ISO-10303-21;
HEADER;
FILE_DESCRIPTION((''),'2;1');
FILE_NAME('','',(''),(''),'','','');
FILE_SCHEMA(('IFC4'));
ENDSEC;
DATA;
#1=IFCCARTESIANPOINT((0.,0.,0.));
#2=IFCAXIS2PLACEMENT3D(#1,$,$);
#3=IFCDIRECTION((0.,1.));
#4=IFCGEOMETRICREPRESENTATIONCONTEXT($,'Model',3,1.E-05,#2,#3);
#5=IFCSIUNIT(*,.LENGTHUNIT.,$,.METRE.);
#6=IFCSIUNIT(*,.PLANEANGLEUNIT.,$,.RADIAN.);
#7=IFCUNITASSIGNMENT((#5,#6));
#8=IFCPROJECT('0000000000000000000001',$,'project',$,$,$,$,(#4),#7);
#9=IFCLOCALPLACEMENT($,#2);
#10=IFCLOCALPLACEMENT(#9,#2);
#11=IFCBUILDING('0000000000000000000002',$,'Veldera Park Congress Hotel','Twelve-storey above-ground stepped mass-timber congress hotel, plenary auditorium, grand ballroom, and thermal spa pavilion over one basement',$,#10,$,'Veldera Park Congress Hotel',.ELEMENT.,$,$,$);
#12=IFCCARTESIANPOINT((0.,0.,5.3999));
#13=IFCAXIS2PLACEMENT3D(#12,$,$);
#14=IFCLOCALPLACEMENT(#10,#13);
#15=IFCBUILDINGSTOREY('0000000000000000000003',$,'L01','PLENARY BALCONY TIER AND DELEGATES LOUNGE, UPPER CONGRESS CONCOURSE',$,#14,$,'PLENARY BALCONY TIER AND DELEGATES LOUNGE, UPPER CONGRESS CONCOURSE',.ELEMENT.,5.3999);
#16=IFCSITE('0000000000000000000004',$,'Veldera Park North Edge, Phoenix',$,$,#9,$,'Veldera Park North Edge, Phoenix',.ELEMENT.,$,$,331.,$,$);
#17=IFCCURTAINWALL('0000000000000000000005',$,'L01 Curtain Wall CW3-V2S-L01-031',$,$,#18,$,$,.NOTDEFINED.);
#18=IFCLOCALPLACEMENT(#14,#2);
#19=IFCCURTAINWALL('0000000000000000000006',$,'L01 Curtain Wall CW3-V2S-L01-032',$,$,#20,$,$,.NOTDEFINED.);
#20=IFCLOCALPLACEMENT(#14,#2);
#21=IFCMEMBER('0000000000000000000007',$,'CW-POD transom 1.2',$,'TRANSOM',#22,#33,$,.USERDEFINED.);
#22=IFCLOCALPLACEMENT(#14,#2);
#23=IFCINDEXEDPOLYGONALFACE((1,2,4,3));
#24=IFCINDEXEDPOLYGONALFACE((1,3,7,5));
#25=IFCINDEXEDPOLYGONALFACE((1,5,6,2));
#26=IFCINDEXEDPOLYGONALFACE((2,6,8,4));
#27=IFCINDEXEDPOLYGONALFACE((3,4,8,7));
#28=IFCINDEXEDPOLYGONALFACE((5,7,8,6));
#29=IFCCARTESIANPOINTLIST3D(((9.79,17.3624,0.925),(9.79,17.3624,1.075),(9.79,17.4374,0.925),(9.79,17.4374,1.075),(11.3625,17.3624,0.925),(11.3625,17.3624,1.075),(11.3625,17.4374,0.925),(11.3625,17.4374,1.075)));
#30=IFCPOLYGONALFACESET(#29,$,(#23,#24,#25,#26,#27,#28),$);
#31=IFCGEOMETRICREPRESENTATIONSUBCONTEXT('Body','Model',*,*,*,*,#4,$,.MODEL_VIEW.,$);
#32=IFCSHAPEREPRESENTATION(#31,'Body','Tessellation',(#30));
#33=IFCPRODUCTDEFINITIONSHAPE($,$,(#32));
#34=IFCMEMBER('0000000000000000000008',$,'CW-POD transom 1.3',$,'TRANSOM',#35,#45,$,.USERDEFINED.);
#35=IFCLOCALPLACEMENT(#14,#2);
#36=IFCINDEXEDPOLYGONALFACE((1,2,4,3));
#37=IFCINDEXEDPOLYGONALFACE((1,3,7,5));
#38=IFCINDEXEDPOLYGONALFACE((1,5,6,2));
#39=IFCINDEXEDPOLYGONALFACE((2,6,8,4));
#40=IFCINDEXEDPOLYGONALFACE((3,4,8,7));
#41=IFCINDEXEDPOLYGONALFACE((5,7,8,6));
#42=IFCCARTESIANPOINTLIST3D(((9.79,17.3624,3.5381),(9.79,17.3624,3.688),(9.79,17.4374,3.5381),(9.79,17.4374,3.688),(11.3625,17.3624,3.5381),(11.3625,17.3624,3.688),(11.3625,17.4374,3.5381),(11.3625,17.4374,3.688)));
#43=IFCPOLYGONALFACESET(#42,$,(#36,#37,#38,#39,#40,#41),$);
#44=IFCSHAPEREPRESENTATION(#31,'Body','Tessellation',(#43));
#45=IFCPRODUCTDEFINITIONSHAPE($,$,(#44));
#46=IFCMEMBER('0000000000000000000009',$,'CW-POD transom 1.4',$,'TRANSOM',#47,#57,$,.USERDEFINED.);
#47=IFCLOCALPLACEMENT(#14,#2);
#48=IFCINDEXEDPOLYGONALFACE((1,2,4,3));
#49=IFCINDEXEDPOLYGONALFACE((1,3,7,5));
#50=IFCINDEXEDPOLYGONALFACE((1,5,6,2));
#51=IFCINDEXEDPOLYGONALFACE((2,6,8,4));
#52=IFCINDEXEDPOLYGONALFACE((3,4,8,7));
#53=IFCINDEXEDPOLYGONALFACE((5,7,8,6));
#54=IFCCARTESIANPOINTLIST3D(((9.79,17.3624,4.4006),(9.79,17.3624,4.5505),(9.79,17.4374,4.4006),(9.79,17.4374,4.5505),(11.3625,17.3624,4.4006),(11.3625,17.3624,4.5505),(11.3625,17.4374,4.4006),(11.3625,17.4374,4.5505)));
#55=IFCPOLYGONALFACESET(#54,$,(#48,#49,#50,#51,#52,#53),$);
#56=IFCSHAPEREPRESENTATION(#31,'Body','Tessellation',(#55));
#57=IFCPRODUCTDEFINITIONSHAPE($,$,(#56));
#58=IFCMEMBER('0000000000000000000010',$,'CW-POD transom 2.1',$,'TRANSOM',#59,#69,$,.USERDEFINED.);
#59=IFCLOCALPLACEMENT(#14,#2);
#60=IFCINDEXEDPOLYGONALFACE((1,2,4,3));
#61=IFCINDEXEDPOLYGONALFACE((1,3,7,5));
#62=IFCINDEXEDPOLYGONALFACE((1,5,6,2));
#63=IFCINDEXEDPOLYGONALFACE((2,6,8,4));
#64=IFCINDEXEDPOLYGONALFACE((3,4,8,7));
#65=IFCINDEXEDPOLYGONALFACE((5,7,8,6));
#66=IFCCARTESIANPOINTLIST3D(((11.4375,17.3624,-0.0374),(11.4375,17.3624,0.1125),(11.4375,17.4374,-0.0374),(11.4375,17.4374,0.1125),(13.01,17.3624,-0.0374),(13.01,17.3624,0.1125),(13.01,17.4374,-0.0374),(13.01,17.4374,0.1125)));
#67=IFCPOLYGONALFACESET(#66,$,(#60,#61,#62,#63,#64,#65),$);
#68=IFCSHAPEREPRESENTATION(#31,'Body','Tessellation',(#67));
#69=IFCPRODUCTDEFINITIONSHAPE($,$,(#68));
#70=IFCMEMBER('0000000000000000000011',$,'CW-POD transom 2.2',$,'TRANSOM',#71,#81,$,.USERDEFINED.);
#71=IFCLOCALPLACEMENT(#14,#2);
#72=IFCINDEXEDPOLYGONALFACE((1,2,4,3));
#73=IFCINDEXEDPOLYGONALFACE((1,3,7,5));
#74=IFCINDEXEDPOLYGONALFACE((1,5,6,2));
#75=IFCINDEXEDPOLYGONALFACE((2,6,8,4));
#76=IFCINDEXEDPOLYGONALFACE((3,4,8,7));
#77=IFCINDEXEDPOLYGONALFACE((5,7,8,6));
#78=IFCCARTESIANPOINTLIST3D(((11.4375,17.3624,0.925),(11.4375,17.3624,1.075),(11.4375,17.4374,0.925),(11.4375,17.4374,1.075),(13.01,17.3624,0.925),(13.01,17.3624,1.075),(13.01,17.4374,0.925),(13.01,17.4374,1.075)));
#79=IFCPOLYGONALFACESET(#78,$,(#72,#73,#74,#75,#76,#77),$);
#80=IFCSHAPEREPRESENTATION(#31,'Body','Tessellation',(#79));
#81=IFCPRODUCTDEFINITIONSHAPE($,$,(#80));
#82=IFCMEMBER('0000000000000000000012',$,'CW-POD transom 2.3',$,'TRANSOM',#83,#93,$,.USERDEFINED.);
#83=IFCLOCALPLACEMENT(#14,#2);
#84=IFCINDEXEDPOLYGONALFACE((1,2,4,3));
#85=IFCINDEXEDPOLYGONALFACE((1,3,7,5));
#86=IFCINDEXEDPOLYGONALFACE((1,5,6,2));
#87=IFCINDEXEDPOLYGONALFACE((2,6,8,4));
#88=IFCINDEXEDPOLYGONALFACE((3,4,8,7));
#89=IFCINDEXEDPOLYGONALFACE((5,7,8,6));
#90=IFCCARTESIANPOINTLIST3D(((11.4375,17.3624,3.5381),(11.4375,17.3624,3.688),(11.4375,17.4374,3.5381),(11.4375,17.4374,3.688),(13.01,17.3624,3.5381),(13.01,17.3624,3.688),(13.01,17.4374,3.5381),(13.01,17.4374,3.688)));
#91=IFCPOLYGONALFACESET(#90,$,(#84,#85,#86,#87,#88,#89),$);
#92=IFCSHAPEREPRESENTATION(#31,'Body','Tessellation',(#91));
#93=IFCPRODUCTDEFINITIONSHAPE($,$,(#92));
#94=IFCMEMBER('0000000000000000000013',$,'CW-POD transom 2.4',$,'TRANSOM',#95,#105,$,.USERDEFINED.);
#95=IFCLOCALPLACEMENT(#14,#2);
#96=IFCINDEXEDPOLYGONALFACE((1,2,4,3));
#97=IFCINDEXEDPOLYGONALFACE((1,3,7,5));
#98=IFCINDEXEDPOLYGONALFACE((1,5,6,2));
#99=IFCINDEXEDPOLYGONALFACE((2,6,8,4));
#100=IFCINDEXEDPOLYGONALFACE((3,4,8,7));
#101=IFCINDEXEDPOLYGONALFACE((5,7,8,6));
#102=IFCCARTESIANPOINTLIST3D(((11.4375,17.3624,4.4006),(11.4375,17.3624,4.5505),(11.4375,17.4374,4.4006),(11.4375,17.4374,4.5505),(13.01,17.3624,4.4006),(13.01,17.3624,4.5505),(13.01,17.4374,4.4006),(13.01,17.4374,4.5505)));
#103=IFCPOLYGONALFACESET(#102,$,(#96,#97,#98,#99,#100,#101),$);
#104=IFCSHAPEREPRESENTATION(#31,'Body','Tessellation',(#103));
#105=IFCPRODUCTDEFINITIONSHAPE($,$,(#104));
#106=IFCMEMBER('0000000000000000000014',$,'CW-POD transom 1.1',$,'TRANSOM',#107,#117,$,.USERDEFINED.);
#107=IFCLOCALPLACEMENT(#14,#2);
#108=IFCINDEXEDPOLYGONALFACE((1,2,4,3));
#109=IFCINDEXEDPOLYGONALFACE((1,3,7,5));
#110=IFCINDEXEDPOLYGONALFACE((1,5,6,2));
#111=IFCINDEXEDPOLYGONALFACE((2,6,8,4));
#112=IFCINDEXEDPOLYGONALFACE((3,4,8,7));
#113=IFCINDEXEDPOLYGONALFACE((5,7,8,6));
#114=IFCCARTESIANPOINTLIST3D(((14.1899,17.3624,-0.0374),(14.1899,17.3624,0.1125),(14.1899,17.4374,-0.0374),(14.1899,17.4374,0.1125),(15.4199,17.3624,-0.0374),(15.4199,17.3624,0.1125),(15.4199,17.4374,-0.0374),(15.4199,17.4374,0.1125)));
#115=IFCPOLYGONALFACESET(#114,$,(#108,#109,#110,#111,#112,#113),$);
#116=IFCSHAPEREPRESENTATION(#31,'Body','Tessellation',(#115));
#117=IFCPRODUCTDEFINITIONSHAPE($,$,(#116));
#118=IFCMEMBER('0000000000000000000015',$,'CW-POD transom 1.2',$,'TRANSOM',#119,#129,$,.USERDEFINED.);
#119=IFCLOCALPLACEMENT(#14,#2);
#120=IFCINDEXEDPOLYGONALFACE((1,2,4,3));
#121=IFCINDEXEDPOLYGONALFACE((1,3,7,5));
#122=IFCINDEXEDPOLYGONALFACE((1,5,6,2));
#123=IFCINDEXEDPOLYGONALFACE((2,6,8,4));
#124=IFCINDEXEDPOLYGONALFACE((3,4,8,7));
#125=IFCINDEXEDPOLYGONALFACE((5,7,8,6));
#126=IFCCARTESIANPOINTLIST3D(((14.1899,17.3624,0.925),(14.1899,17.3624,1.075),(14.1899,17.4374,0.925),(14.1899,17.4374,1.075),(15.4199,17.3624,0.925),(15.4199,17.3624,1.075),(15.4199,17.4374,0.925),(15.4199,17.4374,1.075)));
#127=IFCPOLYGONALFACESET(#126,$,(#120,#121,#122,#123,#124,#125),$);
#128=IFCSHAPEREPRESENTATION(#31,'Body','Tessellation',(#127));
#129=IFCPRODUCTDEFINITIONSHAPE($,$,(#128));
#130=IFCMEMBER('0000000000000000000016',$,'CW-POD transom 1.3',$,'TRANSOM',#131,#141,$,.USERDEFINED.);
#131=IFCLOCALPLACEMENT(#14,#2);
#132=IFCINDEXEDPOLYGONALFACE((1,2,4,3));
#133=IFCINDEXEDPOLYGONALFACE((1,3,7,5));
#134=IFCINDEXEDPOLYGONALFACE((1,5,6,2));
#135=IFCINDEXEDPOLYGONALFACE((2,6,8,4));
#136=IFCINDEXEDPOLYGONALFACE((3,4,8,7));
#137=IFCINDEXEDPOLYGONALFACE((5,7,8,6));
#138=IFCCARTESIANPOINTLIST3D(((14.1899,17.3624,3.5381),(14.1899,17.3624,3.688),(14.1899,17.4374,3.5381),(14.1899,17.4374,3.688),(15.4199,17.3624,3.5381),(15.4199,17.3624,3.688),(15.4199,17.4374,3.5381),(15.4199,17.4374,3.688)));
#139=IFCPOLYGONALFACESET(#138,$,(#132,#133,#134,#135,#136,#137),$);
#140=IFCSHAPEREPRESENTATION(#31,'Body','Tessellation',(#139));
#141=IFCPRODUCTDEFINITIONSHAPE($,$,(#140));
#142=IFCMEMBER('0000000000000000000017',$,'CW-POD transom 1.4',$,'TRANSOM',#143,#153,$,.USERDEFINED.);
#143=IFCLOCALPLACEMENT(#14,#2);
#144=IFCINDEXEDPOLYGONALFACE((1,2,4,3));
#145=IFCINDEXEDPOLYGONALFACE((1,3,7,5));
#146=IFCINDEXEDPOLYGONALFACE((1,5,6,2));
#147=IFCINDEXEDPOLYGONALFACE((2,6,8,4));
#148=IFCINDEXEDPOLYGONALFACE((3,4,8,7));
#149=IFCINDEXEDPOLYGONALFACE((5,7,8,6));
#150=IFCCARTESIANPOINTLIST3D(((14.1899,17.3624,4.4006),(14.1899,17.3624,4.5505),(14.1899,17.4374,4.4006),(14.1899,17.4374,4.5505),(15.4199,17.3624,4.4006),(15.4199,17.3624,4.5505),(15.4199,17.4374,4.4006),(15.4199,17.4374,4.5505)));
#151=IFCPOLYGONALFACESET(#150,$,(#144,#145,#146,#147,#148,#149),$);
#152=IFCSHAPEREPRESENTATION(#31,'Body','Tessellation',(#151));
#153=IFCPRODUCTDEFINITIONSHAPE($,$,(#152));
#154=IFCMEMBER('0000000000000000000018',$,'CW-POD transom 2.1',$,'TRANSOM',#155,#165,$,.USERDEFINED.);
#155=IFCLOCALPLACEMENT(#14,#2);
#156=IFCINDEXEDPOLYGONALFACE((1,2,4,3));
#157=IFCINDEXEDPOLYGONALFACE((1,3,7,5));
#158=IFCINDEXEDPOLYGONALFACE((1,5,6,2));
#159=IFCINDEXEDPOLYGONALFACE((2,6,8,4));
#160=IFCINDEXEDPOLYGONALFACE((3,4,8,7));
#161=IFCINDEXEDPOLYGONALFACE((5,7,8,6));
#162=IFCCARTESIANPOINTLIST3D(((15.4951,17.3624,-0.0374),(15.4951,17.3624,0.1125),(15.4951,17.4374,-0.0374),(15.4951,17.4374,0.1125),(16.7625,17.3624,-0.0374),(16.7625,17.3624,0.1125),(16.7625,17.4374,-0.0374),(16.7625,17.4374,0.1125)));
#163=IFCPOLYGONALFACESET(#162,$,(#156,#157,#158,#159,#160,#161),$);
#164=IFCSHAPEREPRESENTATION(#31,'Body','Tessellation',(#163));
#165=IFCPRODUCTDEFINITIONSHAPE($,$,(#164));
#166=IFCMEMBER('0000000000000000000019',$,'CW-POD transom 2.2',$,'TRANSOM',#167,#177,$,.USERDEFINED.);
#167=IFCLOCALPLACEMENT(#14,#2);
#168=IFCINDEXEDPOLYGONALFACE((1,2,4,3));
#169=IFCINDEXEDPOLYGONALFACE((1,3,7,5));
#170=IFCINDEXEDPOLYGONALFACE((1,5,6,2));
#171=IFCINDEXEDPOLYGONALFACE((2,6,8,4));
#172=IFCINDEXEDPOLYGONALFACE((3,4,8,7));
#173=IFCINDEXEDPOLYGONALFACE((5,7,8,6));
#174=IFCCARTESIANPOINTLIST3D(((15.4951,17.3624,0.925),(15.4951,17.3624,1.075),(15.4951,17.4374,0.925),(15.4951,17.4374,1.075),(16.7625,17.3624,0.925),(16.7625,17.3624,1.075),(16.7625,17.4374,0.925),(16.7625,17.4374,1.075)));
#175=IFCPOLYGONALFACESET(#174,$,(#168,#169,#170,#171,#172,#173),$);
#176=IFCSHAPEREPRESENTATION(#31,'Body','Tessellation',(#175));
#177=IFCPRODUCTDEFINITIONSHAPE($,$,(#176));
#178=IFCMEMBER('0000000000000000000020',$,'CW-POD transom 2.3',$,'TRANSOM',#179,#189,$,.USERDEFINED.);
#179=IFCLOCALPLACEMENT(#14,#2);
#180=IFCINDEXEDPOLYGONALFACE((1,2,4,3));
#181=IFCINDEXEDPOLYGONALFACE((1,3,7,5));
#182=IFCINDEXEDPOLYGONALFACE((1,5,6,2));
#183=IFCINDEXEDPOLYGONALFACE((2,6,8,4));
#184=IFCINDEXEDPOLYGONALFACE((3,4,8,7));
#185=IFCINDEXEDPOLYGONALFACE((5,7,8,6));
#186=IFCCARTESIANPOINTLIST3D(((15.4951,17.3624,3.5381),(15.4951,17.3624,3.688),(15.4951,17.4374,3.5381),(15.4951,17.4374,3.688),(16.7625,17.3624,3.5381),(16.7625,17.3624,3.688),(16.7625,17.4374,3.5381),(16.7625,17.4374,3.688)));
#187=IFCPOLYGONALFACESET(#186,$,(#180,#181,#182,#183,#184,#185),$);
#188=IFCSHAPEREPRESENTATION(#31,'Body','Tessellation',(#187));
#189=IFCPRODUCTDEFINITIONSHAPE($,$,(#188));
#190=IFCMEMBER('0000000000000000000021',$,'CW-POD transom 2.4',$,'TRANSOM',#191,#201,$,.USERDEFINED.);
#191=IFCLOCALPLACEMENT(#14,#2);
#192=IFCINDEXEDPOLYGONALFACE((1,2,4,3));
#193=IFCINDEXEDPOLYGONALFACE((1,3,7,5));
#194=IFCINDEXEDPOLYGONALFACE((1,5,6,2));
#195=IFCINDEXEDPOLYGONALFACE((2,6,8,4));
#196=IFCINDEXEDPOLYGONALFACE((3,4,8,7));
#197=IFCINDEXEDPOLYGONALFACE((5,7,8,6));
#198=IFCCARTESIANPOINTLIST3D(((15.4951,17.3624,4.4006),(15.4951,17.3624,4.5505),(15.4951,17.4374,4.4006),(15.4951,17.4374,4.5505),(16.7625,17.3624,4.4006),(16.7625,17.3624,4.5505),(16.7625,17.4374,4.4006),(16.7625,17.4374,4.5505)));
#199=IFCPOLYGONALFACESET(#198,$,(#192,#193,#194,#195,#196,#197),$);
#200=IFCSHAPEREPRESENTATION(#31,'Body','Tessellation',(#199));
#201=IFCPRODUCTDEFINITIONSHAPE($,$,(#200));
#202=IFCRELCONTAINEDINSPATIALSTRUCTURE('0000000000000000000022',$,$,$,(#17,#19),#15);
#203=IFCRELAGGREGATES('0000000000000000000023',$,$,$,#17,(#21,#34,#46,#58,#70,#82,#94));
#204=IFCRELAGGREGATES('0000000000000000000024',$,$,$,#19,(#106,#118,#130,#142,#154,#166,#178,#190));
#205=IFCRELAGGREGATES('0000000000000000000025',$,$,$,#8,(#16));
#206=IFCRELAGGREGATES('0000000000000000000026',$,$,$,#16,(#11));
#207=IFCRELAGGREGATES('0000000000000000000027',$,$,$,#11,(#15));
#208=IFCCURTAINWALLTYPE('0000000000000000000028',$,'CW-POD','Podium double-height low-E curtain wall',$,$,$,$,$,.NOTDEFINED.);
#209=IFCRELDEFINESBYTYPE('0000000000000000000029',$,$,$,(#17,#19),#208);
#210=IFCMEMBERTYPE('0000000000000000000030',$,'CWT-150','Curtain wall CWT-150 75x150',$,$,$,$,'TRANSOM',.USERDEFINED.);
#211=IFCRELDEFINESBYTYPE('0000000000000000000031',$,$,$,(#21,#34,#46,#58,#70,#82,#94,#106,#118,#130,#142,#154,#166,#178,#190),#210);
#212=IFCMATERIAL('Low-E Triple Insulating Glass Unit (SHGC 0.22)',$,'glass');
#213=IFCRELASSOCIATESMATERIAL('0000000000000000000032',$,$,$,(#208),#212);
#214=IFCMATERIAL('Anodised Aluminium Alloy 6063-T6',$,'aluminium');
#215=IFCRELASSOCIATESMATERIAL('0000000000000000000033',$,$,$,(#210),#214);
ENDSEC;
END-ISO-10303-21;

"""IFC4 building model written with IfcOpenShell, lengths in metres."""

from ifc_helpers import new_model, si_unit, direction, frame, origin, origin_2d, place, context, subcontext, project, spatial, rectangle, extrude, material, material_profile, profile_set, type_object, element, aggregate, save


model = new_model("IFC4")

# Units and contexts
model_context = context("Model", 3, precision=1e-05, world=origin(), true_north=direction((0.0, 1.0)))
body_context = subcontext(model_context, "Body", "Model", "MODEL_VIEW")
ifc_project = project(units=[si_unit("LENGTHUNIT", "METRE"), si_unit("PLANEANGLEUNIT", "RADIAN")], contexts=[model_context])

# Site, building, storey
site_placement = place(None, origin())
site = spatial("IfcSite", under=ifc_project, at=site_placement, Name="Veldera Park North Edge, Phoenix", LongName="Veldera Park North Edge, Phoenix", CompositionType="ELEMENT", RefElevation=331.0)
building_placement = place(site_placement, origin())
building = spatial("IfcBuilding", under=site, at=building_placement, Name="Veldera Park Congress Hotel", Description="Twelve-storey above-ground stepped mass-timber congress hotel, plenary auditorium, grand ballroom, and thermal spa pavilion over one basement", LongName="Veldera Park Congress Hotel", CompositionType="ELEMENT")
storey_placement = place(building_placement, frame((0.0, 0.0, 5.3999)))
storey = spatial("IfcBuildingStorey", under=building, at=storey_placement, Name="L01", Description="PLENARY BALCONY TIER AND DELEGATES LOUNGE, UPPER CONGRESS CONCOURSE", LongName="PLENARY BALCONY TIER AND DELEGATES LOUNGE, UPPER CONGRESS CONCOURSE", CompositionType="ELEMENT", Elevation=5.3999)

# Curtain walls
ifc_material_1 = material(Name="Low-E Triple Insulating Glass Unit (SHGC 0.22)", Category="glass")
curtain_wall_type = type_object("IfcCurtainWallType", Name="CW-POD", Description="Podium double-height low-E curtain wall", PredefinedType="NOTDEFINED", material=ifc_material_1)
curtain_wall_1_placement = place(storey_placement, origin())
curtain_wall_1 = element("IfcCurtainWall", 1, at=curtain_wall_1_placement, inside=storey, type_object=curtain_wall_type, Name="L01 Curtain Wall CW3-V2S-L01-031", PredefinedType="NOTDEFINED")
ifc_material_2 = material(Name="Anodised Aluminium Alloy 6063-T6", Category="aluminium")
curtain_wall_2_placement = place(storey_placement, origin())
curtain_wall_2 = element("IfcCurtainWall", 2, at=curtain_wall_2_placement, inside=storey, type_object=curtain_wall_type, Name="L01 Curtain Wall CW3-V2S-L01-032", PredefinedType="NOTDEFINED")

# Members
ifc_material_profile_1 = material_profile(ifc_material_2, rectangle(XDim=0.075, YDim=0.1499, at=origin_2d()), Name="ALU 75x150")
ifc_profile_set_1 = profile_set([ifc_material_profile_1], Name="Anodised Aluminium Alloy 6063-T6")
member_type_1 = type_object("IfcMemberType", Name="CWT-150", Description="Curtain wall CWT-150 75x150", ElementType="TRANSOM", PredefinedType="USERDEFINED", material=ifc_profile_set_1)
member_1_placement = place(storey_placement, frame((9.79, 17.3999, 1.0), z_axis=(1.0, 0.0, 0.0), x_axis=(0.0, 1.0, 0.0)))
member_1 = element("IfcMember", 3, at=member_1_placement, type_object=member_type_1, Name="CW-POD transom 1.2", ObjectType="TRANSOM", PredefinedType="USERDEFINED", context=body_context, shape_type="SweptSolid", body=[
    extrude(rectangle(XDim=0.075, YDim=0.1499, at=origin_2d()), origin(), (0.0, 0.0, 1.0), 1.5725),
])
member_2_placement = place(storey_placement, frame((9.79, 17.3999, 3.613), z_axis=(1.0, 0.0, 0.0), x_axis=(0.0, 1.0, 0.0)))
member_2 = element("IfcMember", 4, at=member_2_placement, type_object=member_type_1, Name="CW-POD transom 1.3", ObjectType="TRANSOM", PredefinedType="USERDEFINED", context=body_context, shape_type="SweptSolid", body=[
    extrude(rectangle(XDim=0.075, YDim=0.1499, at=origin_2d()), origin(), (0.0, 0.0, 1.0), 1.5725),
])
member_3_placement = place(storey_placement, frame((9.79, 17.3999, 4.4756), z_axis=(1.0, 0.0, 0.0), x_axis=(0.0, 1.0, 0.0)))
member_3 = element("IfcMember", 5, at=member_3_placement, type_object=member_type_1, Name="CW-POD transom 1.4", ObjectType="TRANSOM", PredefinedType="USERDEFINED", context=body_context, shape_type="SweptSolid", body=[
    extrude(rectangle(XDim=0.075, YDim=0.1499, at=origin_2d()), origin(), (0.0, 0.0, 1.0), 1.5725),
])
member_4_placement = place(storey_placement, frame((11.4375, 17.3999, 0.0376), z_axis=(1.0, 0.0, 0.0), x_axis=(0.0, 1.0, 0.0)))
member_4 = element("IfcMember", 6, at=member_4_placement, type_object=member_type_1, Name="CW-POD transom 2.1", ObjectType="TRANSOM", PredefinedType="USERDEFINED", context=body_context, shape_type="SweptSolid", body=[
    extrude(rectangle(XDim=0.075, YDim=0.1499, at=origin_2d()), origin(), (0.0, 0.0, 1.0), 1.5725),
])
member_5_placement = place(storey_placement, frame((11.4375, 17.3999, 1.0), z_axis=(1.0, 0.0, 0.0), x_axis=(0.0, 1.0, 0.0)))
member_5 = element("IfcMember", 7, at=member_5_placement, type_object=member_type_1, Name="CW-POD transom 2.2", ObjectType="TRANSOM", PredefinedType="USERDEFINED", context=body_context, shape_type="SweptSolid", body=[
    extrude(rectangle(XDim=0.075, YDim=0.1499, at=origin_2d()), origin(), (0.0, 0.0, 1.0), 1.5725),
])
member_6_placement = place(storey_placement, frame((11.4375, 17.3999, 3.613), z_axis=(1.0, 0.0, 0.0), x_axis=(0.0, 1.0, 0.0)))
member_6 = element("IfcMember", 8, at=member_6_placement, type_object=member_type_1, Name="CW-POD transom 2.3", ObjectType="TRANSOM", PredefinedType="USERDEFINED", context=body_context, shape_type="SweptSolid", body=[
    extrude(rectangle(XDim=0.075, YDim=0.1499, at=origin_2d()), origin(), (0.0, 0.0, 1.0), 1.5725),
])
member_7_placement = place(storey_placement, frame((11.4375, 17.3999, 4.4756), z_axis=(1.0, 0.0, 0.0), x_axis=(0.0, 1.0, 0.0)))
member_7 = element("IfcMember", 9, at=member_7_placement, type_object=member_type_1, Name="CW-POD transom 2.4", ObjectType="TRANSOM", PredefinedType="USERDEFINED", context=body_context, shape_type="SweptSolid", body=[
    extrude(rectangle(XDim=0.075, YDim=0.1499, at=origin_2d()), origin(), (0.0, 0.0, 1.0), 1.5725),
])
member_8_placement = place(storey_placement, frame((14.1899, 17.3999, 0.0376), z_axis=(1.0, 0.0, 0.0), x_axis=(0.0, 1.0, 0.0)))
member_8 = element("IfcMember", 10, at=member_8_placement, type_object=member_type_1, Name="CW-POD transom 1.1", ObjectType="TRANSOM", PredefinedType="USERDEFINED", context=body_context, shape_type="SweptSolid", body=[
    extrude(rectangle(XDim=0.075, YDim=0.1499, at=origin_2d()), origin(), (0.0, 0.0, 1.0), 1.23),
])
member_9_placement = place(storey_placement, frame((14.1899, 17.3999, 1.0), z_axis=(1.0, 0.0, 0.0), x_axis=(0.0, 1.0, 0.0)))
member_9 = element("IfcMember", 11, at=member_9_placement, type_object=member_type_1, Name="CW-POD transom 1.2", ObjectType="TRANSOM", PredefinedType="USERDEFINED", context=body_context, shape_type="SweptSolid", body=[
    extrude(rectangle(XDim=0.075, YDim=0.1499, at=origin_2d()), origin(), (0.0, 0.0, 1.0), 1.23),
])
member_10_placement = place(storey_placement, frame((14.1899, 17.3999, 3.613), z_axis=(1.0, 0.0, 0.0), x_axis=(0.0, 1.0, 0.0)))
member_10 = element("IfcMember", 12, at=member_10_placement, type_object=member_type_1, Name="CW-POD transom 1.3", ObjectType="TRANSOM", PredefinedType="USERDEFINED", context=body_context, shape_type="SweptSolid", body=[
    extrude(rectangle(XDim=0.075, YDim=0.1499, at=origin_2d()), origin(), (0.0, 0.0, 1.0), 1.23),
])
member_11_placement = place(storey_placement, frame((14.1899, 17.3999, 4.4756), z_axis=(1.0, 0.0, 0.0), x_axis=(0.0, 1.0, 0.0)))
member_11 = element("IfcMember", 13, at=member_11_placement, type_object=member_type_1, Name="CW-POD transom 1.4", ObjectType="TRANSOM", PredefinedType="USERDEFINED", context=body_context, shape_type="SweptSolid", body=[
    extrude(rectangle(XDim=0.075, YDim=0.1499, at=origin_2d()), origin(), (0.0, 0.0, 1.0), 1.23),
])
member_12_placement = place(storey_placement, frame((15.4951, 17.3999, 0.0376), z_axis=(1.0, 0.0, 0.0), x_axis=(0.0, 1.0, 0.0)))
member_12 = element("IfcMember", 14, at=member_12_placement, type_object=member_type_1, Name="CW-POD transom 2.1", ObjectType="TRANSOM", PredefinedType="USERDEFINED", context=body_context, shape_type="SweptSolid", body=[
    extrude(rectangle(XDim=0.075, YDim=0.1499, at=origin_2d()), origin(), (0.0, 0.0, 1.0), 1.2673),
])
member_13_placement = place(storey_placement, frame((15.4951, 17.3999, 1.0), z_axis=(1.0, 0.0, 0.0), x_axis=(0.0, 1.0, 0.0)))
member_13 = element("IfcMember", 15, at=member_13_placement, type_object=member_type_1, Name="CW-POD transom 2.2", ObjectType="TRANSOM", PredefinedType="USERDEFINED", context=body_context, shape_type="SweptSolid", body=[
    extrude(rectangle(XDim=0.075, YDim=0.1499, at=origin_2d()), origin(), (0.0, 0.0, 1.0), 1.2673),
])
member_14_placement = place(storey_placement, frame((15.4951, 17.3999, 3.613), z_axis=(1.0, 0.0, 0.0), x_axis=(0.0, 1.0, 0.0)))
member_14 = element("IfcMember", 16, at=member_14_placement, type_object=member_type_1, Name="CW-POD transom 2.3", ObjectType="TRANSOM", PredefinedType="USERDEFINED", context=body_context, shape_type="SweptSolid", body=[
    extrude(rectangle(XDim=0.075, YDim=0.1499, at=origin_2d()), origin(), (0.0, 0.0, 1.0), 1.2673),
])
member_15_placement = place(storey_placement, frame((15.4951, 17.3999, 4.4756), z_axis=(1.0, 0.0, 0.0), x_axis=(0.0, 1.0, 0.0)))
member_15 = element("IfcMember", 17, at=member_15_placement, type_object=member_type_1, Name="CW-POD transom 2.4", ObjectType="TRANSOM", PredefinedType="USERDEFINED", context=body_context, shape_type="SweptSolid", body=[
    extrude(rectangle(XDim=0.075, YDim=0.1499, at=origin_2d()), origin(), (0.0, 0.0, 1.0), 1.2673),
])

aggregate(curtain_wall_1, [member_1, member_2, member_3, member_4, member_5, member_6, member_7])
aggregate(curtain_wall_2, [member_8, member_9, member_10, member_11, member_12, member_13, member_14, member_15])

save(model, "model.ifc")
